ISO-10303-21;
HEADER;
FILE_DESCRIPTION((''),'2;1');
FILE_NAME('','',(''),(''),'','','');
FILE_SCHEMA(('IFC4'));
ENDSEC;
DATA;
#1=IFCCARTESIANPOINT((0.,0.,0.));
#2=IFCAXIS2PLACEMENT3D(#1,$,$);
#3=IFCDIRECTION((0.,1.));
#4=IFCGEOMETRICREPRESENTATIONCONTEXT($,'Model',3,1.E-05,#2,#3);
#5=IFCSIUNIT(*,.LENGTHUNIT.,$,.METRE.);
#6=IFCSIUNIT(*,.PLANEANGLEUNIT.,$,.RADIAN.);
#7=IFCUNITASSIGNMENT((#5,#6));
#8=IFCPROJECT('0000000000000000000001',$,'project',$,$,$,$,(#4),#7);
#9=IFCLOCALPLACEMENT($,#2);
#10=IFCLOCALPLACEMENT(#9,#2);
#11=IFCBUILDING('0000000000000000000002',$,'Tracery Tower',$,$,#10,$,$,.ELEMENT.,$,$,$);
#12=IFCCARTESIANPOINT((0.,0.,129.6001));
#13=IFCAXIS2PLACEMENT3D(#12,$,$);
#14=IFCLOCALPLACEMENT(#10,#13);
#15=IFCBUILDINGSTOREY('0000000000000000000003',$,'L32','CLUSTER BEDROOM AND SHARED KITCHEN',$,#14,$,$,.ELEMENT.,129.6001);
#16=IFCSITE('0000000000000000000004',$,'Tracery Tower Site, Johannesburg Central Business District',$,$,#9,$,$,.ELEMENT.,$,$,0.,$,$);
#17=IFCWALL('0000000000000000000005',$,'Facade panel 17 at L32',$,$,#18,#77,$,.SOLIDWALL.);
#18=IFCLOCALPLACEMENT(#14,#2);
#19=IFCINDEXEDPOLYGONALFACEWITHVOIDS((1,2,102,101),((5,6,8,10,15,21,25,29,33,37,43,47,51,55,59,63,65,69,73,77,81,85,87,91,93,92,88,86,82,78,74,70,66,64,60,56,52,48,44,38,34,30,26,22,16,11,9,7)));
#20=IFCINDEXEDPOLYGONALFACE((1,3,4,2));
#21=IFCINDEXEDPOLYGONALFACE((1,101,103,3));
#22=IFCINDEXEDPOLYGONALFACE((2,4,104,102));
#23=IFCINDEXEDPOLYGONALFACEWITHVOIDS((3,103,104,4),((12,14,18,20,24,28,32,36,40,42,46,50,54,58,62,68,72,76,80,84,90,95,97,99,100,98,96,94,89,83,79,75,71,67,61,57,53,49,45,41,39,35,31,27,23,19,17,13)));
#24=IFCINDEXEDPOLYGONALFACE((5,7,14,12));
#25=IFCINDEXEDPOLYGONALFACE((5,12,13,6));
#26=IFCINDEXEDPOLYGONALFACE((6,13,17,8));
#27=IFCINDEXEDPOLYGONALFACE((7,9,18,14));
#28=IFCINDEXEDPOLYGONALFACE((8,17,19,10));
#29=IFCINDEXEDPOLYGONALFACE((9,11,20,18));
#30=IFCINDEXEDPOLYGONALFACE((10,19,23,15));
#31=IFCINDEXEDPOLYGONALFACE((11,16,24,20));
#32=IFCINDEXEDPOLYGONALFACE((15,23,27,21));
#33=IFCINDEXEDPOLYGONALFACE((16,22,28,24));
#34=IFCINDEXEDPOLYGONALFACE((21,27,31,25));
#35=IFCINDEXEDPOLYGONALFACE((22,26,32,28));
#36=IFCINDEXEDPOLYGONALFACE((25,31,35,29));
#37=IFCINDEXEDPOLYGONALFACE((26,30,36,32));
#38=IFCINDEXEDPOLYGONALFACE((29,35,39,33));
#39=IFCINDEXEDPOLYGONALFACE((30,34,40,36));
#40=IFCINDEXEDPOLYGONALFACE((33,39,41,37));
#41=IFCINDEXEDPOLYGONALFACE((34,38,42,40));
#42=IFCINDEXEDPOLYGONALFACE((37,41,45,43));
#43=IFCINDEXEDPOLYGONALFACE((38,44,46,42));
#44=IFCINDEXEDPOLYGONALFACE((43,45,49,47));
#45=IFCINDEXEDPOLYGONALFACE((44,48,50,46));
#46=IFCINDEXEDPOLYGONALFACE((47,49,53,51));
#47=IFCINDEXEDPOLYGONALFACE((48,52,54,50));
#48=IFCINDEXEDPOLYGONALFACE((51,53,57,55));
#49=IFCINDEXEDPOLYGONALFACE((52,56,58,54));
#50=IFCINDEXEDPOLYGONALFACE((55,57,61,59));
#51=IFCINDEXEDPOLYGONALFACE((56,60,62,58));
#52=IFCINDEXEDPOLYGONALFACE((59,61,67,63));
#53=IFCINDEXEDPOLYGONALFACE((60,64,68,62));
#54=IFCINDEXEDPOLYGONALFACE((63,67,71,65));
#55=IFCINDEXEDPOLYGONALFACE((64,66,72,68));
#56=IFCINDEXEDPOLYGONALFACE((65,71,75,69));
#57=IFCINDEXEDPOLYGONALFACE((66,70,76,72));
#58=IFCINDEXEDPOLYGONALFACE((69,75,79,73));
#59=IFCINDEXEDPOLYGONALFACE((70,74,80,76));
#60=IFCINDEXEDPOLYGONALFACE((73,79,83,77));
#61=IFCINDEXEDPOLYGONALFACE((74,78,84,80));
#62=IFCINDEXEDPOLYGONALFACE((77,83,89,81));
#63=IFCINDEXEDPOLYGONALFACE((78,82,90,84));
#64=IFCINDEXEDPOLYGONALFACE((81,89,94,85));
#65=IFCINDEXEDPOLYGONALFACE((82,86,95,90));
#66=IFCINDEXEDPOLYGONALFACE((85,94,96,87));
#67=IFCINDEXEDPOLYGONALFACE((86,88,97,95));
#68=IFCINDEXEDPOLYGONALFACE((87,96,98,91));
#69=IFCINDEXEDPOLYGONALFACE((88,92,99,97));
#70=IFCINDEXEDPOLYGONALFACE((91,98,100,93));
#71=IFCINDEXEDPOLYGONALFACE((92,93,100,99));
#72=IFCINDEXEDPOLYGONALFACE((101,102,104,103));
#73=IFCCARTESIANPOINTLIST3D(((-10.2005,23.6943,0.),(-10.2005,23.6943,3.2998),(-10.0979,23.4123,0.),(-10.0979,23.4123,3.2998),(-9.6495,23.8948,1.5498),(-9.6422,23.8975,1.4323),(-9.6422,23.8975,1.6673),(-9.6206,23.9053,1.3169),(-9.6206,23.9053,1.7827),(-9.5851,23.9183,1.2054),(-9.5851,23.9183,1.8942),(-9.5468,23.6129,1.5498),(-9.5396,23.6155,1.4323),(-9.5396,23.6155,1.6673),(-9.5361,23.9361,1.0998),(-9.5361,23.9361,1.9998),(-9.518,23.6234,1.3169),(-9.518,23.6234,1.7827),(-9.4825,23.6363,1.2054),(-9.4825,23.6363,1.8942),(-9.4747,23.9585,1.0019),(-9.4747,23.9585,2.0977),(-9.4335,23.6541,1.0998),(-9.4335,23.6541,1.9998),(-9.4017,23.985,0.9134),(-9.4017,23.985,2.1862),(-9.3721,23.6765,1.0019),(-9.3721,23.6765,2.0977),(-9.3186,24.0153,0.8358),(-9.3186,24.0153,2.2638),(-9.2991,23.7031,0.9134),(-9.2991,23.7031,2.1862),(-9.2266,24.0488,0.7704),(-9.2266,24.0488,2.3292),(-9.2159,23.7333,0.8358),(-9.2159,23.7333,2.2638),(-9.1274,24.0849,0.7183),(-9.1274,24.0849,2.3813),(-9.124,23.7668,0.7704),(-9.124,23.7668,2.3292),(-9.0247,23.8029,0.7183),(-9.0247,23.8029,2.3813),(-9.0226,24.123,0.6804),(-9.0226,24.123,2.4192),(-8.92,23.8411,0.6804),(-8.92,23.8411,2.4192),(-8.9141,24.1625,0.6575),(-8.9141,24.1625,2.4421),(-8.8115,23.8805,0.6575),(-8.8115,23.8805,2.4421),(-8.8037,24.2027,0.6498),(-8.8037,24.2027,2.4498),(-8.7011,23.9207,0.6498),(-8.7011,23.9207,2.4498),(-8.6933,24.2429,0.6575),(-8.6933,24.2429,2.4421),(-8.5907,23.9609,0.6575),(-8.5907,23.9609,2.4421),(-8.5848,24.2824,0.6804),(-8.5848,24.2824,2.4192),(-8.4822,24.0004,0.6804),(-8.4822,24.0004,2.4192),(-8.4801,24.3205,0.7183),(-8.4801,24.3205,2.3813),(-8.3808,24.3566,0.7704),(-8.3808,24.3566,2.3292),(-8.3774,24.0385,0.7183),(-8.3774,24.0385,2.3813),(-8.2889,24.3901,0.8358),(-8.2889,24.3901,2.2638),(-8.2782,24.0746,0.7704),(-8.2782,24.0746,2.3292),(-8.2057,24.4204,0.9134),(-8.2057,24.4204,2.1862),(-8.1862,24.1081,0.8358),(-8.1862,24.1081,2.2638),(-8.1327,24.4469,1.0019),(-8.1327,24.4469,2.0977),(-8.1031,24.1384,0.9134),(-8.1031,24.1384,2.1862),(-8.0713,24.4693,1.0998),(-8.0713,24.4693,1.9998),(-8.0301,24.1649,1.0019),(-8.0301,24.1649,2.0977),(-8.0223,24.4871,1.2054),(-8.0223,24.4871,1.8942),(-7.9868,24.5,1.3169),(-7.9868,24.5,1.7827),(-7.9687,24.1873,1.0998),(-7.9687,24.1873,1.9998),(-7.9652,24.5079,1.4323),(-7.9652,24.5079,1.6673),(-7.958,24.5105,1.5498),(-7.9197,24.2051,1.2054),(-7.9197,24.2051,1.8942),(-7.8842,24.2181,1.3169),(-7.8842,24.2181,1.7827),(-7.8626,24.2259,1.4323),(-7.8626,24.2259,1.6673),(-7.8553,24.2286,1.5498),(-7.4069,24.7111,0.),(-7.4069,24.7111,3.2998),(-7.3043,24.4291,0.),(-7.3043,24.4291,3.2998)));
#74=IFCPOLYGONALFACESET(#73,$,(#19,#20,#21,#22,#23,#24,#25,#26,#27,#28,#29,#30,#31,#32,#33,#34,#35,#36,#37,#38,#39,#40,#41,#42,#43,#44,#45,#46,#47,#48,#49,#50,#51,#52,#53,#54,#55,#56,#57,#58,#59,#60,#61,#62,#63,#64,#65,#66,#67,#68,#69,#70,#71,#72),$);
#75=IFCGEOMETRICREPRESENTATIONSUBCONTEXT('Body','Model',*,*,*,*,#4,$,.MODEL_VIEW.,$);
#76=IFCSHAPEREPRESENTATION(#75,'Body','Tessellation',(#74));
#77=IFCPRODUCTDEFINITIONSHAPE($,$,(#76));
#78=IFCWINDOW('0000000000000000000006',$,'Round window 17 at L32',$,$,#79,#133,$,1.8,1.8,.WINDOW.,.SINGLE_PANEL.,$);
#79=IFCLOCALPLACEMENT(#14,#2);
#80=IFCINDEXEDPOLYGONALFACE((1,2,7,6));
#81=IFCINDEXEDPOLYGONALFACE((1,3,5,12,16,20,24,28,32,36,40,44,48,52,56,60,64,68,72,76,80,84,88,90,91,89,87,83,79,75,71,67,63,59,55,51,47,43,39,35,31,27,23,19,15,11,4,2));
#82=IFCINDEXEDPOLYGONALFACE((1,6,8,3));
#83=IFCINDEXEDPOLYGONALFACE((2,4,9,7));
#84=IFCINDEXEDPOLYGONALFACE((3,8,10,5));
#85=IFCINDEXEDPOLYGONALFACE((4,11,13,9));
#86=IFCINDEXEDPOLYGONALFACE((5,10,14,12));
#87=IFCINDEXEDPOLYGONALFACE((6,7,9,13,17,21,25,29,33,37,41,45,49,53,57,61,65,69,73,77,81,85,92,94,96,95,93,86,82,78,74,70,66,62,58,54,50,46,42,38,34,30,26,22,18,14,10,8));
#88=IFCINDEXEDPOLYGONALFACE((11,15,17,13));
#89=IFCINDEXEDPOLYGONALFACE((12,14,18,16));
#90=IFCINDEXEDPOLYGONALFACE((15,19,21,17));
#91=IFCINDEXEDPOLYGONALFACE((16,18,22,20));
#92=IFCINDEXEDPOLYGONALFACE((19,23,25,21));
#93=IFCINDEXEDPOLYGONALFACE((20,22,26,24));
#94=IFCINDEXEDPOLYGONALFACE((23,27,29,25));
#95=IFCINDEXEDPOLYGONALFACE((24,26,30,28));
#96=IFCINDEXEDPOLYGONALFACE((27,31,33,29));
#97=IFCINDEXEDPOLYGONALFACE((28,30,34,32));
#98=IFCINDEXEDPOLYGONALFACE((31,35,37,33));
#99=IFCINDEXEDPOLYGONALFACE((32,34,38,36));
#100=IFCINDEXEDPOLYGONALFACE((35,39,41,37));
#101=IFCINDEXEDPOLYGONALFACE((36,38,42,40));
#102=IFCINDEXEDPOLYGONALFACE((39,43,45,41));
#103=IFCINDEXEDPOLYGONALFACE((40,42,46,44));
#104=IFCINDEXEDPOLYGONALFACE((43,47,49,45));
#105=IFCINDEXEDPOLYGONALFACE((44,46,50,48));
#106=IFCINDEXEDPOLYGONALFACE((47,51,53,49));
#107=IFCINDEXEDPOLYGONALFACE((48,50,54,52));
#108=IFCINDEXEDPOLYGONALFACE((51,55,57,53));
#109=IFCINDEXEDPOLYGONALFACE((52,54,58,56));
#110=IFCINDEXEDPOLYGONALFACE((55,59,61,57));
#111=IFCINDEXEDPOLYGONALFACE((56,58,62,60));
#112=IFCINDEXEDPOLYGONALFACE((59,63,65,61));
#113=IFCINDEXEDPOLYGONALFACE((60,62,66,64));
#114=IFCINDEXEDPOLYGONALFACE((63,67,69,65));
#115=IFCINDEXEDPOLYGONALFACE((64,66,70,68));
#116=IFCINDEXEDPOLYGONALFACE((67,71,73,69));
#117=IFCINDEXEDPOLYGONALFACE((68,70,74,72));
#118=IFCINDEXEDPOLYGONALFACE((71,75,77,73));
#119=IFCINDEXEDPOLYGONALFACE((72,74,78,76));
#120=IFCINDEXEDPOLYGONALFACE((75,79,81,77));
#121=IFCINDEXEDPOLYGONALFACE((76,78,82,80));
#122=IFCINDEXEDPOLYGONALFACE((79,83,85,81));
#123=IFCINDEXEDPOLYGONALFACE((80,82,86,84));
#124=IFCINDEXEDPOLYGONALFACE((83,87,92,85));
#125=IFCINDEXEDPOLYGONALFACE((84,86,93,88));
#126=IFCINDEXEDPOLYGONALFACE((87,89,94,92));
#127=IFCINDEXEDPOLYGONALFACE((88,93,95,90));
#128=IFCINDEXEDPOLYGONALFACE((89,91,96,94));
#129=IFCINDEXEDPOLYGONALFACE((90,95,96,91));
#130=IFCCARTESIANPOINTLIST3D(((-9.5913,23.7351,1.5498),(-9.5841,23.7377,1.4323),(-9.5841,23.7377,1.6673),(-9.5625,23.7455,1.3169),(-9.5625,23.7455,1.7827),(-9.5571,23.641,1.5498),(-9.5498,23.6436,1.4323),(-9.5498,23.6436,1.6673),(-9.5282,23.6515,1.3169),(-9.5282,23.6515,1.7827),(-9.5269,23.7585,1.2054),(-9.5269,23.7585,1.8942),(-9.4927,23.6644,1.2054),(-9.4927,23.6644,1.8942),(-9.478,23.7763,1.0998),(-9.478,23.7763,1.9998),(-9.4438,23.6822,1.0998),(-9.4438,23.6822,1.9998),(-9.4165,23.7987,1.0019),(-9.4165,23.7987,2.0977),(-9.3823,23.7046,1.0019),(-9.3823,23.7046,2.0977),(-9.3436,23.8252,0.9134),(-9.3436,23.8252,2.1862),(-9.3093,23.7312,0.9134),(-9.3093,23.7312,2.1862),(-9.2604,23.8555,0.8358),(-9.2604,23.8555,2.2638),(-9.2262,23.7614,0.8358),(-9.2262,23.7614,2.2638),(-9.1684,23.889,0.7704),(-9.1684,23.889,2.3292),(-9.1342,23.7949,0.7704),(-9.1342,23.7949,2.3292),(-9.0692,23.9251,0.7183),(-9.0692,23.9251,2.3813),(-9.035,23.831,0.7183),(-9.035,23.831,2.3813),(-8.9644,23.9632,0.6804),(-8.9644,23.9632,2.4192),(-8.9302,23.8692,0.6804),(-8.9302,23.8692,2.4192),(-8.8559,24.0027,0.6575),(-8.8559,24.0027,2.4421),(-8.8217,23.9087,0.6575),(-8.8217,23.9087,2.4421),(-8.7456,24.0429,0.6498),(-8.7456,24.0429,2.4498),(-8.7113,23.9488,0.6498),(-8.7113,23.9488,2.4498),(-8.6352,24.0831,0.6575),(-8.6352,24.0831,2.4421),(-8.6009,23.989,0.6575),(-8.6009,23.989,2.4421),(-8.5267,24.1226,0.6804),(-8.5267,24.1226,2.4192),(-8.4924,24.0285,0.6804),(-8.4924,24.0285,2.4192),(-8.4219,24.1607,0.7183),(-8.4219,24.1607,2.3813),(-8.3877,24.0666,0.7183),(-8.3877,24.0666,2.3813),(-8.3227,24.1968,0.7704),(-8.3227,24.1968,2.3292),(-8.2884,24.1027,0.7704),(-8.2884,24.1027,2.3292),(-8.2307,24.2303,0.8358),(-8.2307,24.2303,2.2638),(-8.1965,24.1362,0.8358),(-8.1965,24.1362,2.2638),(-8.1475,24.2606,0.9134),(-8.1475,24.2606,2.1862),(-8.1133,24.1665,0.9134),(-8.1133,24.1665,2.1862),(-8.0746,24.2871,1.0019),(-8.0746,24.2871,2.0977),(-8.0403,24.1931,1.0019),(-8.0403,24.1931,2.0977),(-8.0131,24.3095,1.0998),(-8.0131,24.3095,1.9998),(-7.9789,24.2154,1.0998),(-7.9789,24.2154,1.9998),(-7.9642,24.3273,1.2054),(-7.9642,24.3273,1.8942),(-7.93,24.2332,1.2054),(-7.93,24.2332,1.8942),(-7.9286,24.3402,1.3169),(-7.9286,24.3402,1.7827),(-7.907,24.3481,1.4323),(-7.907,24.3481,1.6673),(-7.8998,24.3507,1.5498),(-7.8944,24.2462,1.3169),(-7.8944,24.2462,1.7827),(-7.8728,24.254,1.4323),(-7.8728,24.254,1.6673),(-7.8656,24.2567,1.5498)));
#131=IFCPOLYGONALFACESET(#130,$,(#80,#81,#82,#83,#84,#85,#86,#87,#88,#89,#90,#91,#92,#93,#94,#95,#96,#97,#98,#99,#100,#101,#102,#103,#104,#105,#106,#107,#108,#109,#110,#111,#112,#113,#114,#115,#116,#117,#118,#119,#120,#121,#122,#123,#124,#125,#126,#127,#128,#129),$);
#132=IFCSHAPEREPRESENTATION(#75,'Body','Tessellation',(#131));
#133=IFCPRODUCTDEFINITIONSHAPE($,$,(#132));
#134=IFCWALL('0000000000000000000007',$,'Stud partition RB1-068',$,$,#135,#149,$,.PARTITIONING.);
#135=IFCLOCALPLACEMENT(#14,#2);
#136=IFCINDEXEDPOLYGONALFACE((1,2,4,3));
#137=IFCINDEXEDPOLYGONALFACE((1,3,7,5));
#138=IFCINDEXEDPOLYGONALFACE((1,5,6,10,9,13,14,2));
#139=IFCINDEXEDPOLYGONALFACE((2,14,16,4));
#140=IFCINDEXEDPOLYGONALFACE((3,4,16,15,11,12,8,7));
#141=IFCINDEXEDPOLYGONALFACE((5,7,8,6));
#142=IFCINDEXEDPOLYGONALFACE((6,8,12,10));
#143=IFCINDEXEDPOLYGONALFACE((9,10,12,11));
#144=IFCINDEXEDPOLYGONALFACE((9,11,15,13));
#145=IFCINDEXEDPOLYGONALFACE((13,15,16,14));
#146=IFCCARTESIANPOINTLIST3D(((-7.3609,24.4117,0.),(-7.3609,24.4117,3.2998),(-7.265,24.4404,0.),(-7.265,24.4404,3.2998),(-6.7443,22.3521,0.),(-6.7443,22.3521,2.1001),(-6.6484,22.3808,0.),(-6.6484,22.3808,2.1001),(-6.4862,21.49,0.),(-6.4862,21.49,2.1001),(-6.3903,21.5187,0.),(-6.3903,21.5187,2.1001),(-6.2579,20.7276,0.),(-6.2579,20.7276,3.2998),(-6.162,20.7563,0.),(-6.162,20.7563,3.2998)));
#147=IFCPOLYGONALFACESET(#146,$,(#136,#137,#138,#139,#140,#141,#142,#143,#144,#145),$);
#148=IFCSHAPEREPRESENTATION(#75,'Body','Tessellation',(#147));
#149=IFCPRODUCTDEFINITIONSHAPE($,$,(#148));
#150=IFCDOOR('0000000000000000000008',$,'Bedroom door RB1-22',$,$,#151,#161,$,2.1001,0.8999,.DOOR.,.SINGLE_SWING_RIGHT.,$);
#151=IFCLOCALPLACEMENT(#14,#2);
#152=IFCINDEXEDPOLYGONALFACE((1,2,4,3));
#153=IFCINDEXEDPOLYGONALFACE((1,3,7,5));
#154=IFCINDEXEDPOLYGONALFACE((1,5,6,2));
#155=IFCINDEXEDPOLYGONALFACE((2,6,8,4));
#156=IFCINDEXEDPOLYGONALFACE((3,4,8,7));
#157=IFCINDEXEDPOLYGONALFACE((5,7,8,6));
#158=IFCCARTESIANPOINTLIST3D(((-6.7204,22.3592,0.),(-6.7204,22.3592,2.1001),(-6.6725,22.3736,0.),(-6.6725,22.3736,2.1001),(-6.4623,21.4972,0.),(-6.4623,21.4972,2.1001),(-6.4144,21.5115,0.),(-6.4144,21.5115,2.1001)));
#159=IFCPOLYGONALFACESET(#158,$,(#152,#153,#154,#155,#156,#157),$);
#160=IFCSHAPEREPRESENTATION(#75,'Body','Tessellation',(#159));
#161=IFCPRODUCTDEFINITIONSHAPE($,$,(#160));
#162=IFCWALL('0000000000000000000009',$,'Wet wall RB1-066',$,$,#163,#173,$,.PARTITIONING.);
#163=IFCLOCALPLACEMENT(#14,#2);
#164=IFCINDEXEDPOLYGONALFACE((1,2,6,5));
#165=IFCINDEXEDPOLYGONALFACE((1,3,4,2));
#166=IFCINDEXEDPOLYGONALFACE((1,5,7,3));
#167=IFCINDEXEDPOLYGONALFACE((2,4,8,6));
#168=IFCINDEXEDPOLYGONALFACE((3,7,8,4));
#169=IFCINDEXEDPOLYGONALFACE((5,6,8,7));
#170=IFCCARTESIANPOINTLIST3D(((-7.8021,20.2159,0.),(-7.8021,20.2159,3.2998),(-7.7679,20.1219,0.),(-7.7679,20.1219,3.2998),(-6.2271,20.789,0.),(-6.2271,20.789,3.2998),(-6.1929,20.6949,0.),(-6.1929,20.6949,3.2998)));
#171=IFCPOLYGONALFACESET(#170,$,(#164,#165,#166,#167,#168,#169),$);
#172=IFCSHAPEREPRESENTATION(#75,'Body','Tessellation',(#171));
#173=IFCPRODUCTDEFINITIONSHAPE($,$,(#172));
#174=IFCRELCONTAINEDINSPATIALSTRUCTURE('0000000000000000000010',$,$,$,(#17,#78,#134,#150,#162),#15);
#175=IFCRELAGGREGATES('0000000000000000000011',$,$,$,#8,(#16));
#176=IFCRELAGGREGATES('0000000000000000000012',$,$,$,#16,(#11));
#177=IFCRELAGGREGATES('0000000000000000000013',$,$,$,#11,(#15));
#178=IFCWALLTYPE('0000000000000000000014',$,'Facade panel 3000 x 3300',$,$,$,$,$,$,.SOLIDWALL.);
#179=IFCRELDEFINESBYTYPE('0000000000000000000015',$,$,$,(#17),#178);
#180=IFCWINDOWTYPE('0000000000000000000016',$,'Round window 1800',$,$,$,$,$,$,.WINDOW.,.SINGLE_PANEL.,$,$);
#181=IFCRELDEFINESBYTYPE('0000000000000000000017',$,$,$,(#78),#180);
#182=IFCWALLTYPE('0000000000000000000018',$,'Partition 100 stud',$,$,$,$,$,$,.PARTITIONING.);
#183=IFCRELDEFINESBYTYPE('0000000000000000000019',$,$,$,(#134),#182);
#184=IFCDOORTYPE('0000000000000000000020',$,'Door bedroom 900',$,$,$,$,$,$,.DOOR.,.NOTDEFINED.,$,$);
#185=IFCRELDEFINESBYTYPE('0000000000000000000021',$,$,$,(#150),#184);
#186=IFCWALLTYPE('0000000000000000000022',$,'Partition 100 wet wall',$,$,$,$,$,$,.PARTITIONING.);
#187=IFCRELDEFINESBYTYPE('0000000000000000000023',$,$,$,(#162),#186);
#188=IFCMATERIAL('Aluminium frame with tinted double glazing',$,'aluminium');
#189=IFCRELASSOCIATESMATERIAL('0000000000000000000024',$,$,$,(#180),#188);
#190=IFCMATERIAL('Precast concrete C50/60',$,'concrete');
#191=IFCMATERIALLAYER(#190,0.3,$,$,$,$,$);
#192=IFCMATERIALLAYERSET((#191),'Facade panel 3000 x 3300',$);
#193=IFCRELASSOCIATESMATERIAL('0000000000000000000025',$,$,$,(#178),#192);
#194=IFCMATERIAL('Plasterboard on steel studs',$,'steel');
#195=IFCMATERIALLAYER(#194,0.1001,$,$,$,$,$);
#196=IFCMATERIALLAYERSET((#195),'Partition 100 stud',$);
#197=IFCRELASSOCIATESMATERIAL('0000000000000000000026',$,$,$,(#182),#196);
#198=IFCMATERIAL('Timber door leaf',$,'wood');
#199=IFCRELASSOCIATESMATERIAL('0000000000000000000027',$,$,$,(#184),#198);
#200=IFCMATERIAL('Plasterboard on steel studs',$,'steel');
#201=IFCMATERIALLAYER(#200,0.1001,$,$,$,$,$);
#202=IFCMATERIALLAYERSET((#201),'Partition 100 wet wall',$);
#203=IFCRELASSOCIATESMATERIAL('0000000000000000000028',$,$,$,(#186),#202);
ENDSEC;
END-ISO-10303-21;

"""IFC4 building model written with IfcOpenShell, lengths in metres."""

from ifc_helpers import new_model, si_unit, direction, frame, frame_2d, origin, origin_2d, place, context, subcontext, project, spatial, rectangle, circle, extrude, material, layer, layer_set, type_object, element, fill, save


model = new_model("IFC4")

# Units and contexts
model_context = context("Model", 3, precision=1e-05, world=origin(), true_north=direction((0.0, 1.0)))
body_context = subcontext(model_context, "Body", "Model", "MODEL_VIEW")
ifc_project = project(units=[si_unit("LENGTHUNIT", "METRE"), si_unit("PLANEANGLEUNIT", "RADIAN")], contexts=[model_context])

# Site, building, storey
site_placement = place(None, origin())
site = spatial("IfcSite", under=ifc_project, at=site_placement, Name="Tracery Tower Site, Johannesburg Central Business District", CompositionType="ELEMENT", RefElevation=0.0)
building_placement = place(site_placement, origin())
building = spatial("IfcBuilding", under=site, at=building_placement, Name="Tracery Tower", CompositionType="ELEMENT")
storey_placement = place(building_placement, frame((0.0, 0.0, 129.6001)))
storey = spatial("IfcBuildingStorey", under=building, at=storey_placement, Name="L32", Description="CLUSTER BEDROOM AND SHARED KITCHEN", CompositionType="ELEMENT", Elevation=129.6001)

# Wall, opening, window
ifc_material_1 = material(Name="Aluminium frame with tinted double glazing", Category="aluminium")
window_type = type_object("IfcWindowType", Name="Round window 1800", PartitioningType="SINGLE_PANEL", PredefinedType="WINDOW", material=ifc_material_1)
ifc_material_2 = material(Name="Precast concrete C50/60", Category="concrete")
ifc_layer_1 = layer(ifc_material_2, 0.3)
ifc_layer_set_1 = layer_set([ifc_layer_1], Name="Facade panel 3000 x 3300")
wall_type_1 = type_object("IfcWallType", Name="Facade panel 3000 x 3300", PredefinedType="SOLIDWALL", material=ifc_layer_set_1)
wall_1_placement = place(storey_placement, frame((-7.3557, 24.5701, 0.0), z_axis=(0.0, 0.0, 1.0), x_axis=(-0.93969, -0.342027, 0.0)))
wall_1 = element("IfcWall", 1, at=wall_1_placement, inside=storey, type_object=wall_type_1, Name="Facade panel 17 at L32", PredefinedType="SOLIDWALL", context=body_context, shape_type="SweptSolid", body=[
    extrude(rectangle(XDim=2.9729, YDim=0.3, at=frame_2d((1.4863, 0.0))), origin(), (0.0, 0.0, 1.0), 3.2998),
])
opening_1_placement = place(wall_1_placement, frame((1.4863, 0.0, 1.5498)))
opening_1 = element("IfcOpeningElement", 2, at=opening_1_placement, cuts=wall_1, PredefinedType="OPENING", context=body_context, shape_type="SweptSolid", body=[
    extrude(circle(Radius=0.9, at=origin_2d()), frame((0.0, 0.1599, 0.0), z_axis=(0.0, -1.0, 0.0), x_axis=(1.0, 0.0, 0.0)), (0.0, 0.0, 1.0), 0.3201),
])
window_1_placement = place(opening_1_placement, origin())
window_1 = element("IfcWindow", 3, at=window_1_placement, inside=storey, type_object=window_type, Name="Round window 17 at L32", OverallHeight=1.8, OverallWidth=1.8, PartitioningType="SINGLE_PANEL", PredefinedType="WINDOW", context=body_context, shape_type="SweptSolid", body=[
    extrude(circle(Radius=0.9, at=origin_2d()), frame((0.0, 0.1201, 0.0), z_axis=(0.0, -1.0, 0.0), x_axis=(1.0, 0.0, 0.0)), (0.0, 0.0, 1.0), 0.1001),
])
fill(opening_1, window_1)

# Wall, opening, door
ifc_material_3 = material(Name="Plasterboard on steel studs", Category="steel")
ifc_layer_2 = layer(ifc_material_3, 0.1001)
ifc_layer_set_2 = layer_set([ifc_layer_2], Name="Partition 100 stud")
wall_type_2 = type_object("IfcWallType", Name="Partition 100 stud", PredefinedType="PARTITIONING", material=ifc_layer_set_2)
wall_2_placement = place(storey_placement, frame((-7.313, 24.426, 0.0), z_axis=(0.0, 0.0, 1.0), x_axis=(0.286824, -0.957983, 0.0)))
wall_2 = element("IfcWall", 4, at=wall_2_placement, inside=storey, type_object=wall_type_2, Name="Stud partition RB1-068", PredefinedType="PARTITIONING", context=body_context, shape_type="SweptSolid", body=[
    extrude(rectangle(XDim=3.8457, YDim=0.1001, at=frame_2d((1.9229, 0.0))), origin(), (0.0, 0.0, 1.0), 3.2998),
])
opening_2_placement = place(wall_2_placement, frame((2.1499, 0.0, 0.0)))
opening_2 = element("IfcOpeningElement", 5, at=opening_2_placement, cuts=wall_2, PredefinedType="OPENING", context=body_context, shape_type="SweptSolid", body=[
    extrude(rectangle(XDim=0.8999, YDim=2.1001, at=frame_2d((0.45, 1.05))), frame((0.0, 0.05, 0.0), z_axis=(0.0, -1.0, 0.0), x_axis=(1.0, 0.0, 0.0)), (0.0, 0.0, 1.0), 0.1001),
])
ifc_material_4 = material(Name="Timber door leaf", Category="wood")
door_type_1 = type_object("IfcDoorType", Name="Door bedroom 900", OperationType="NOTDEFINED", PredefinedType="DOOR", material=ifc_material_4)
door_1_placement = place(opening_2_placement, origin())
door_1 = element("IfcDoor", 6, at=door_1_placement, inside=storey, type_object=door_type_1, Name="Bedroom door RB1-22", OperationType="SINGLE_SWING_RIGHT", OverallHeight=2.1001, OverallWidth=0.8999, PredefinedType="DOOR", context=body_context, shape_type="SweptSolid", body=[
    extrude(rectangle(XDim=0.8999, YDim=2.1001, at=frame_2d((0.45, 1.05))), frame((0.0, 0.0249, 0.0), z_axis=(0.0, -1.0, 0.0), x_axis=(1.0, 0.0, 0.0)), (0.0, 0.0, 1.0), 0.05),
])
fill(opening_2, door_1)

# Wall
ifc_material_5 = material(Name="Plasterboard on steel studs", Category="steel")
ifc_layer_3 = layer(ifc_material_5, 0.1001)
ifc_layer_set_3 = layer_set([ifc_layer_3], Name="Partition 100 wet wall")
wall_type_3 = type_object("IfcWallType", Name="Partition 100 wet wall", PredefinedType="PARTITIONING", material=ifc_layer_set_3)
wall_3_placement = place(storey_placement, frame((-7.7849, 20.1689, 0.0), z_axis=(0.0, 0.0, 1.0), x_axis=(0.939738, 0.341895, 0.0)))
element("IfcWall", 7, at=wall_3_placement, inside=storey, type_object=wall_type_3, Name="Wet wall RB1-066", PredefinedType="PARTITIONING", context=body_context, shape_type="SweptSolid", body=[
    extrude(rectangle(XDim=1.676, YDim=0.1001, at=frame_2d((0.8379, 0.0))), origin(), (0.0, 0.0, 1.0), 3.2998),
])

save(model, "model.ifc")
